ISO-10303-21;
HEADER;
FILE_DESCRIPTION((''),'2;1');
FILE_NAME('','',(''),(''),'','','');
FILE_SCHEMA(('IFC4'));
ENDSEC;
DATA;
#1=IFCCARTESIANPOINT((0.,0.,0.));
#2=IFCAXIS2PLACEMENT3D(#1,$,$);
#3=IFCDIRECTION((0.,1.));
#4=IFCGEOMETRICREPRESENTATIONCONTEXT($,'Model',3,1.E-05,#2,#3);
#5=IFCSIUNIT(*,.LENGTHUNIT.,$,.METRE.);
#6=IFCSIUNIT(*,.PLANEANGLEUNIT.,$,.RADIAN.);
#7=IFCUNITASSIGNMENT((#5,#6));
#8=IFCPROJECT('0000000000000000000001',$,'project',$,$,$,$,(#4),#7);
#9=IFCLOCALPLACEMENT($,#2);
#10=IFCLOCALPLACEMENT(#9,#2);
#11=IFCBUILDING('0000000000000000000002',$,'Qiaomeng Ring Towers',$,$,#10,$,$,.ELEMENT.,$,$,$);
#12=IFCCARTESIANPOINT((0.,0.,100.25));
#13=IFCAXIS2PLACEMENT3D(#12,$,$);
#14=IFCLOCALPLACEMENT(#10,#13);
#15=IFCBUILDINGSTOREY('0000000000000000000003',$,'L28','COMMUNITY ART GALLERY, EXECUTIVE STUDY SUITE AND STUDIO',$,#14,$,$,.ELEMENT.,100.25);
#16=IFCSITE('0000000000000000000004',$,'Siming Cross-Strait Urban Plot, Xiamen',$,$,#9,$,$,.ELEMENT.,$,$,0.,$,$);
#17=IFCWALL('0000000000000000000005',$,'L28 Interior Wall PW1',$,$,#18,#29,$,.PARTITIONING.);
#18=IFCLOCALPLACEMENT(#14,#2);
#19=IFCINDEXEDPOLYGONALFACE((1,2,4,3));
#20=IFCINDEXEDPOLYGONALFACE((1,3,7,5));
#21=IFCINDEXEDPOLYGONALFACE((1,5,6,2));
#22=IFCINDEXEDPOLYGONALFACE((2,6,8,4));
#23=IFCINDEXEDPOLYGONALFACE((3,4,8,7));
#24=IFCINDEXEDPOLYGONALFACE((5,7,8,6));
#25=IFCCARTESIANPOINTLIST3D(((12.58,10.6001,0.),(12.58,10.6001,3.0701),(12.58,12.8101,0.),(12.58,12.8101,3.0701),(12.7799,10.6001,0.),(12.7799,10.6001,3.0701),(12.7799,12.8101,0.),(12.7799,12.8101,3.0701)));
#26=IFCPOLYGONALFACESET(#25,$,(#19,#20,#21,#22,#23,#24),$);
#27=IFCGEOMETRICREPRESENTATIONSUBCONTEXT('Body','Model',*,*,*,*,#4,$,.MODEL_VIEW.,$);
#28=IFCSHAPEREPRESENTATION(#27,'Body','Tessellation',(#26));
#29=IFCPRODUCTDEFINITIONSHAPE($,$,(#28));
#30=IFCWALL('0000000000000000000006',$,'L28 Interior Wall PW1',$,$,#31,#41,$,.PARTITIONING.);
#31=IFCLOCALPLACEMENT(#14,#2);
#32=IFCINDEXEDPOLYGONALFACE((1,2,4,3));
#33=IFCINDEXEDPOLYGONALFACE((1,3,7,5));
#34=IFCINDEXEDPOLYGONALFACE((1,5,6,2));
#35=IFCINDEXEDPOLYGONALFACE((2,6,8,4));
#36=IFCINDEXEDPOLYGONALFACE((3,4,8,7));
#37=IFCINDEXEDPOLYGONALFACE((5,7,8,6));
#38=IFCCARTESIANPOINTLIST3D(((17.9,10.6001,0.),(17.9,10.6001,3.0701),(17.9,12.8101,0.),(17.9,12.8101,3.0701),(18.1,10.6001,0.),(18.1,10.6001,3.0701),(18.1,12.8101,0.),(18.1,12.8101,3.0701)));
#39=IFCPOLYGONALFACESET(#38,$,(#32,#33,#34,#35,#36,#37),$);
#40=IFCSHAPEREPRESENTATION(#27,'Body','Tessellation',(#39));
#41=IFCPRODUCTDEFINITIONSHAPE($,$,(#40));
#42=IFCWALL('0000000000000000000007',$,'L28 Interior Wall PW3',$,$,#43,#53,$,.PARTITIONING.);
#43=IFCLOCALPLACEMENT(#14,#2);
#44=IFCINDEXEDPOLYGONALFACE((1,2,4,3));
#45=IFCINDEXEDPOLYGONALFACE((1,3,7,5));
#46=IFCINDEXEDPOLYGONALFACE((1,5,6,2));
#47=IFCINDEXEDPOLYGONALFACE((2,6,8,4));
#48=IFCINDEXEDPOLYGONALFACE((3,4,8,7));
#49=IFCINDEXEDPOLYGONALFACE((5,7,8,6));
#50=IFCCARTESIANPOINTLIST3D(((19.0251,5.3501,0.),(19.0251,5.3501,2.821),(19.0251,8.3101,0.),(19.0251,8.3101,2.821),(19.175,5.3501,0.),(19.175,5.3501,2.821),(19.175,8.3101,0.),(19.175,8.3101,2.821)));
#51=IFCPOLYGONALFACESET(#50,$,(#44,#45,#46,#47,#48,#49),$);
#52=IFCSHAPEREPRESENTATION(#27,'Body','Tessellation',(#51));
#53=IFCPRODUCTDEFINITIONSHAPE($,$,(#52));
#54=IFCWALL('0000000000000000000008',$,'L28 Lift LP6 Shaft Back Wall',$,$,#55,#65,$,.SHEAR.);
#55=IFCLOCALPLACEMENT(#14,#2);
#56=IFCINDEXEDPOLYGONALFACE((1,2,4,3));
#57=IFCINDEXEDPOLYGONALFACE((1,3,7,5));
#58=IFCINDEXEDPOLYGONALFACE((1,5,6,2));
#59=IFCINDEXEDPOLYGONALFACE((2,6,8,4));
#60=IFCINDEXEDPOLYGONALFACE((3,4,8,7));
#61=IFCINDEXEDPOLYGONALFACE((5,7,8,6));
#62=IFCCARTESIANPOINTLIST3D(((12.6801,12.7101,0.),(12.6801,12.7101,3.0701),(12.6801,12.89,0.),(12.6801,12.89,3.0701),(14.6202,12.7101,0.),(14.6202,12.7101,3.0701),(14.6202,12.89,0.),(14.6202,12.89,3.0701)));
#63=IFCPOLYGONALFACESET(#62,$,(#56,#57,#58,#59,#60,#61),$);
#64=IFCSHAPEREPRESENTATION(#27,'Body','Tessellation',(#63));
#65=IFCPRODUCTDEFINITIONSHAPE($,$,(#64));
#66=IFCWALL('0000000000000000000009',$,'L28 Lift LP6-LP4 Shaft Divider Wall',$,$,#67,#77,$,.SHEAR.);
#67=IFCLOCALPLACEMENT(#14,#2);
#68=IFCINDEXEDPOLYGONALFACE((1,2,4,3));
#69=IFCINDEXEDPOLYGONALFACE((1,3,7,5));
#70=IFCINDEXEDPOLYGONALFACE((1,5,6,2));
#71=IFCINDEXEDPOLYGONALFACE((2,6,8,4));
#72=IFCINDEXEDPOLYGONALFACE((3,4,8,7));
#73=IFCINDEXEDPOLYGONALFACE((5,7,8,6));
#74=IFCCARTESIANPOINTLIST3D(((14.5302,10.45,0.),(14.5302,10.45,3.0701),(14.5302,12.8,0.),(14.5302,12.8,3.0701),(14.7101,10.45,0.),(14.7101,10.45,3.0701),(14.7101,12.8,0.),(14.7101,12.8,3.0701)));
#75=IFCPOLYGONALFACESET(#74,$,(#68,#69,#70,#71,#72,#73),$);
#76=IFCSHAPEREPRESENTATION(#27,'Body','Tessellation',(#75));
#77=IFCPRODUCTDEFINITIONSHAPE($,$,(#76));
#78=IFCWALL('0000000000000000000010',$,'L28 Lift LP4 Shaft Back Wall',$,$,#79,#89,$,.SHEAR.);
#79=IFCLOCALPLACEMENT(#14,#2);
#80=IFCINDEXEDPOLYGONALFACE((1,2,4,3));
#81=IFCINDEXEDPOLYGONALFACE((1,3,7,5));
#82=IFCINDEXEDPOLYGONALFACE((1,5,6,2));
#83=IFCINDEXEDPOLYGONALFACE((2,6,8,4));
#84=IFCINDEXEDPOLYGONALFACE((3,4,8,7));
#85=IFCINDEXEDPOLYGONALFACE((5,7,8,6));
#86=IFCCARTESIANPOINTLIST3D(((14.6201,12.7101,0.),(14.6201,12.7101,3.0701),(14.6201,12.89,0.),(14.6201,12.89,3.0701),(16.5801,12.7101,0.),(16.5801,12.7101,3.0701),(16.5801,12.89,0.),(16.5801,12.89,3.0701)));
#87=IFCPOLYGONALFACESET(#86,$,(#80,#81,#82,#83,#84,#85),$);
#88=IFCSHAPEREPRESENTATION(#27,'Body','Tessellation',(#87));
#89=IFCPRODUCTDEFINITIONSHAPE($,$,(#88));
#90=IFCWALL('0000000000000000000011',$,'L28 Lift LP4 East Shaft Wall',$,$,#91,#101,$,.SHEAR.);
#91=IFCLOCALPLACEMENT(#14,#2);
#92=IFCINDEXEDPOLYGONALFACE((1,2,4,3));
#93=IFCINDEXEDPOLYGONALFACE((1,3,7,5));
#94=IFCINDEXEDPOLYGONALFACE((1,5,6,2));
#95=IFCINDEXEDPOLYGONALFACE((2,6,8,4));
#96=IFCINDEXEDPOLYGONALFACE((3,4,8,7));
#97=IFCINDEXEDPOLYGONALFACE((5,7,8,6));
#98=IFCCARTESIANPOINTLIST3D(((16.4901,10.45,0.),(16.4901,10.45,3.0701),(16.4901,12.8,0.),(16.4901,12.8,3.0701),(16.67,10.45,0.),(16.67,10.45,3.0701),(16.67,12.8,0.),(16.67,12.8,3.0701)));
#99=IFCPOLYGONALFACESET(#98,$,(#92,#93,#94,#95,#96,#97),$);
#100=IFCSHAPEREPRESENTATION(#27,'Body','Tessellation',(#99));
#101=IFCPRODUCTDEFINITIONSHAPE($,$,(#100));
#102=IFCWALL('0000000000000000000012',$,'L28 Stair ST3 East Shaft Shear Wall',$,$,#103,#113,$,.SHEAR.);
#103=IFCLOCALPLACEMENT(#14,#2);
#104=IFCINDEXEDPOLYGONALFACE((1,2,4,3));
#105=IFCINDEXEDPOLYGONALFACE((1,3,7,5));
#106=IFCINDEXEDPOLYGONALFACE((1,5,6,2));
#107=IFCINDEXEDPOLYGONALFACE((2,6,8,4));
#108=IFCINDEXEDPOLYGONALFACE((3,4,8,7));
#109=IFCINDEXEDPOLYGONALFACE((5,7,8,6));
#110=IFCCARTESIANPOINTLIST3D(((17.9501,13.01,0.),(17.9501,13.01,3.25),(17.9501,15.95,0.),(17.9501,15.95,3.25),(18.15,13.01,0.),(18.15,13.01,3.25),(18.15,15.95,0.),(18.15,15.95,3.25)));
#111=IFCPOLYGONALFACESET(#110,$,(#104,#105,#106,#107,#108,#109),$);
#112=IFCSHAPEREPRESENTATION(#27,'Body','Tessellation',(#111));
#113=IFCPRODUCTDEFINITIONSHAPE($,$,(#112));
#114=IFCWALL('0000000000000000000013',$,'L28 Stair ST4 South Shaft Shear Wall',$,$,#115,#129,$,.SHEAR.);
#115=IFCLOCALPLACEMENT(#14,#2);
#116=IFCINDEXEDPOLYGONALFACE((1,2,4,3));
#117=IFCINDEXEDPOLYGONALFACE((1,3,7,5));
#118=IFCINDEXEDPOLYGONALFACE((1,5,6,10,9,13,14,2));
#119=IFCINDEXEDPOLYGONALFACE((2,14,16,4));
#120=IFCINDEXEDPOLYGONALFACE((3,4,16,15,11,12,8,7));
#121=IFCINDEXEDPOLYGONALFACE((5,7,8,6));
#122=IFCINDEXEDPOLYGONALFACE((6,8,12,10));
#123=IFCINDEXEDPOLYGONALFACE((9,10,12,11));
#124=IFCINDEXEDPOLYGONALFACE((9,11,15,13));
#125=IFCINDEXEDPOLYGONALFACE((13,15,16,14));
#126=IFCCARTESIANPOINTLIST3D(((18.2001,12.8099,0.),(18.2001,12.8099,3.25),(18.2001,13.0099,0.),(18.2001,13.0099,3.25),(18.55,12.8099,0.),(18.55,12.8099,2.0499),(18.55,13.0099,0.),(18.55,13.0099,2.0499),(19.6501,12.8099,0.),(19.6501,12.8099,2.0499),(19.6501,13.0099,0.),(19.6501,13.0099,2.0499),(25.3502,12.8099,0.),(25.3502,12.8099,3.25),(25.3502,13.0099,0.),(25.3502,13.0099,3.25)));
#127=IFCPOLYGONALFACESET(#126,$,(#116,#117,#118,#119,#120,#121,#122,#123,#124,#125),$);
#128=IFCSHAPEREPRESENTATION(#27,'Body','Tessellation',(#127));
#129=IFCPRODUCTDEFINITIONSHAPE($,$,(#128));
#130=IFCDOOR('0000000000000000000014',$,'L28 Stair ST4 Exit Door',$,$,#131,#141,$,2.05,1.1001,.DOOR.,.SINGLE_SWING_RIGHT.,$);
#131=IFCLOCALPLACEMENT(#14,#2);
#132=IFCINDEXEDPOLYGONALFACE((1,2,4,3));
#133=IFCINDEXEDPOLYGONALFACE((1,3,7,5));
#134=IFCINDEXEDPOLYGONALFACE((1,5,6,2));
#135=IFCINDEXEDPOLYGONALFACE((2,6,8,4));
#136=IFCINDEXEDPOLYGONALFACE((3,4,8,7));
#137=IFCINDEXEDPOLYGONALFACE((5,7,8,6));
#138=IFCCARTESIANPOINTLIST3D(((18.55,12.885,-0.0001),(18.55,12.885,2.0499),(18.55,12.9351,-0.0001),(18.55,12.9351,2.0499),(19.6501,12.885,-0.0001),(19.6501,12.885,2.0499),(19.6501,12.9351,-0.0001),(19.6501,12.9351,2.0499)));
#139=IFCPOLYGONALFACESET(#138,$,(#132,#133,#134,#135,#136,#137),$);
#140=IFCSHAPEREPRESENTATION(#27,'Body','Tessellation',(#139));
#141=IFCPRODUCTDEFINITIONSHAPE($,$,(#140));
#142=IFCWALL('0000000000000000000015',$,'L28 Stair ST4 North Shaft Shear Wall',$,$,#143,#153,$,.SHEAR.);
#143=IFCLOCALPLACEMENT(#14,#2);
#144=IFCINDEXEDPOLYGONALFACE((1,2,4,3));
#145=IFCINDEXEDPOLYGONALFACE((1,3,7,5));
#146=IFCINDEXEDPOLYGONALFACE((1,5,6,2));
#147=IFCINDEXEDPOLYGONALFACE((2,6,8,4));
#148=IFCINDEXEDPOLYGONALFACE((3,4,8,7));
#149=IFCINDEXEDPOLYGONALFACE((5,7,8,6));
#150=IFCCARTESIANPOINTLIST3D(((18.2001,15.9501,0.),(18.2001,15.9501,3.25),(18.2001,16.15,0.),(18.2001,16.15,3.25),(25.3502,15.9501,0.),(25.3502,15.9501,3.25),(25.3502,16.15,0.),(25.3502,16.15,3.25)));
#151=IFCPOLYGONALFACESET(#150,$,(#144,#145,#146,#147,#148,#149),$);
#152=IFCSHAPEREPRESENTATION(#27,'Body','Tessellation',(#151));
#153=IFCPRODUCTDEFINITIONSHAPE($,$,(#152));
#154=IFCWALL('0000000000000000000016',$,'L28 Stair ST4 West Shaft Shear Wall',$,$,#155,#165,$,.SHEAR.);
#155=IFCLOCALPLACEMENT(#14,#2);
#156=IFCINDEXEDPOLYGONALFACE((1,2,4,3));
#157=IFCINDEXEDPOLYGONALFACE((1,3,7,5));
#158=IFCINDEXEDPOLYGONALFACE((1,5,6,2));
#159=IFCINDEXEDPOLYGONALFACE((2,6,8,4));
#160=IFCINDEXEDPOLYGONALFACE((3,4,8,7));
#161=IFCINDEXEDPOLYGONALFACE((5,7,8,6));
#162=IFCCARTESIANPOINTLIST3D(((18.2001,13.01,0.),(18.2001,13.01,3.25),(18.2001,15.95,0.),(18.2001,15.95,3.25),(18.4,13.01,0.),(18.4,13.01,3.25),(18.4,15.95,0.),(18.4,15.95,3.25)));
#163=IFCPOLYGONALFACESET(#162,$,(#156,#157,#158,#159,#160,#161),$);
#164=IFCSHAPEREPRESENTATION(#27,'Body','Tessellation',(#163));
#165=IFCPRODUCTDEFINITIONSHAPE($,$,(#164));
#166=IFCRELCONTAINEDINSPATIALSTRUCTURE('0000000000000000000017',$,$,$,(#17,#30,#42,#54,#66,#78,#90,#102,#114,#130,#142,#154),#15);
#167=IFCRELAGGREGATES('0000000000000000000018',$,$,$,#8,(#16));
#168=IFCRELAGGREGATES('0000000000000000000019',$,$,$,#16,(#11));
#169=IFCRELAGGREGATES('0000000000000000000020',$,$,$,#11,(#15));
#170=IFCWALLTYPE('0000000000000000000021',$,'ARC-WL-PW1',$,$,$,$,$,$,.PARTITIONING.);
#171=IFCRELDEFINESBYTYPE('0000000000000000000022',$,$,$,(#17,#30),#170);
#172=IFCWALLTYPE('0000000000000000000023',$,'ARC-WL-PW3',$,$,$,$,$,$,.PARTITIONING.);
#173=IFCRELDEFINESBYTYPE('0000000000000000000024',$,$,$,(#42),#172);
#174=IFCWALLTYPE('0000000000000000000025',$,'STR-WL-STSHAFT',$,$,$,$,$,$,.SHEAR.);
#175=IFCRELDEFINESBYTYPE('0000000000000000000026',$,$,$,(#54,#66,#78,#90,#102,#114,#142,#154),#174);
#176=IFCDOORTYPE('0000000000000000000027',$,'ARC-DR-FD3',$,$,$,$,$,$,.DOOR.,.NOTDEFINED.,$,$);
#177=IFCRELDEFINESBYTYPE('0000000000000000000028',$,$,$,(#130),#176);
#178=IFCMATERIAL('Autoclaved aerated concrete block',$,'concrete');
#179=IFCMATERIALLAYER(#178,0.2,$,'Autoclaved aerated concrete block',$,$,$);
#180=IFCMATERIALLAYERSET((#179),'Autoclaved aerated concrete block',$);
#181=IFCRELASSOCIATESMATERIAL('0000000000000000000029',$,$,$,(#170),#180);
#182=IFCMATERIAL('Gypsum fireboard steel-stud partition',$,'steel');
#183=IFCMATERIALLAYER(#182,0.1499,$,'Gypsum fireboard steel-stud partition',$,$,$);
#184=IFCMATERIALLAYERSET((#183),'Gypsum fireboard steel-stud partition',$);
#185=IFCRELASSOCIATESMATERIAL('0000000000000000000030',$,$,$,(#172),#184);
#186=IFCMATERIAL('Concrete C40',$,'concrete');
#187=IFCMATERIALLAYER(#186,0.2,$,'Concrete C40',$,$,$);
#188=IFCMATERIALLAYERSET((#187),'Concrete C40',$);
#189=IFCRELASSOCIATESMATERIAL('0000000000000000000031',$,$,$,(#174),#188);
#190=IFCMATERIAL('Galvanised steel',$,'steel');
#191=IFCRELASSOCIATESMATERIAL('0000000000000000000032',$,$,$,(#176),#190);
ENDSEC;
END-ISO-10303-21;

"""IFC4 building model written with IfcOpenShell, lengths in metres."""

from ifc_helpers import new_model, si_unit, direction, frame, frame_2d, origin, place, context, subcontext, project, spatial, rectangle, extrude, source, transform, mapped, material, layer, layer_set, type_object, element, fill, save


model = new_model("IFC4")

# Units and contexts
model_context = context("Model", 3, precision=1e-05, world=origin(), true_north=direction((0.0, 1.0)))
body_context = subcontext(model_context, "Body", "Model", "MODEL_VIEW")
ifc_project = project(units=[si_unit("LENGTHUNIT", "METRE"), si_unit("PLANEANGLEUNIT", "RADIAN")], contexts=[model_context])

# Site, building, storey
site_placement = place(None, origin())
site = spatial("IfcSite", under=ifc_project, at=site_placement, Name="Siming Cross-Strait Urban Plot, Xiamen", CompositionType="ELEMENT", RefElevation=0.0)
building_placement = place(site_placement, origin())
building = spatial("IfcBuilding", under=site, at=building_placement, Name="Qiaomeng Ring Towers", CompositionType="ELEMENT")
storey_placement = place(building_placement, frame((0.0, 0.0, 100.25)))
storey = spatial("IfcBuildingStorey", under=building, at=storey_placement, Name="L28", Description="COMMUNITY ART GALLERY, EXECUTIVE STUDY SUITE AND STUDIO", CompositionType="ELEMENT", Elevation=100.25)

# Walls
ifc_material_1 = material(Name="Autoclaved aerated concrete block", Category="concrete")
ifc_layer_1 = layer(ifc_material_1, 0.2, Name="Autoclaved aerated concrete block")
ifc_layer_set_1 = layer_set([ifc_layer_1], Name="Autoclaved aerated concrete block")
wall_type_1 = type_object("IfcWallType", Name="ARC-WL-PW1", PredefinedType="PARTITIONING", material=ifc_layer_set_1)
for number, where, z_axis, x_axis, name in (
    (1, (12.6799, 10.6001, 0.0), (0.0, 0.0, 1.0), (0.0, 1.0, 0.0), "L28 Interior Wall PW1"),
    (2, (18.0, 10.6001, 0.0), (0.0, 0.0, 1.0), (0.0, 1.0, 0.0), "L28 Interior Wall PW1"),
):
    element("IfcWall", number, at=place(storey_placement, frame(where, z_axis=z_axis, x_axis=x_axis)), inside=storey, type_object=wall_type_1, Name=name, PredefinedType="PARTITIONING", context=body_context, shape_type="SweptSolid", body=[
        extrude(rectangle(XDim=2.21, YDim=0.2, at=frame_2d((1.105, 0.0))), origin(), (0.0, 0.0, 1.0), 3.0701),
    ])
ifc_material_2 = material(Name="Gypsum fireboard steel-stud partition", Category="steel")
ifc_layer_2 = layer(ifc_material_2, 0.1499, Name="Gypsum fireboard steel-stud partition")
ifc_layer_set_2 = layer_set([ifc_layer_2], Name="Gypsum fireboard steel-stud partition")
wall_type_2 = type_object("IfcWallType", Name="ARC-WL-PW3", PredefinedType="PARTITIONING", material=ifc_layer_set_2)
wall_1_placement = place(storey_placement, frame((19.1001, 5.3501, 0.0), z_axis=(0.0, 0.0, 1.0), x_axis=(0.0, 1.0, 0.0)))
element("IfcWall", 3, at=wall_1_placement, inside=storey, type_object=wall_type_2, Name="L28 Interior Wall PW3", PredefinedType="PARTITIONING", context=body_context, shape_type="SweptSolid", body=[
    extrude(rectangle(XDim=2.96, YDim=0.1499, at=frame_2d((1.48, 0.0))), origin(), (0.0, 0.0, 1.0), 2.821),
])
ifc_material_3 = material(Name="Concrete C40", Category="concrete")
ifc_layer_3 = layer(ifc_material_3, 0.2, Name="Concrete C40")
ifc_layer_set_3 = layer_set([ifc_layer_3], Name="Concrete C40")
wall_type_3 = type_object("IfcWallType", Name="STR-WL-STSHAFT", PredefinedType="SHEAR", material=ifc_layer_set_3)
wall_2_placement = place(storey_placement, frame((12.6799, 12.8, 0.0), z_axis=(0.0, 0.0, 1.0), x_axis=(1.0, 0.0, 0.0)))
element("IfcWall", 4, at=wall_2_placement, inside=storey, type_object=wall_type_3, Name="L28 Lift LP6 Shaft Back Wall", PredefinedType="SHEAR", context=body_context, shape_type="SweptSolid", body=[
    extrude(rectangle(XDim=1.9402, YDim=0.1799, at=frame_2d((0.9702, 0.0))), origin(), (0.0, 0.0, 1.0), 3.0701),
])
wall_3_placement = place(storey_placement, frame((14.6201, 10.45, 0.0), z_axis=(0.0, 0.0, 1.0), x_axis=(0.0, 1.0, 0.0)))
element("IfcWall", 5, at=wall_3_placement, inside=storey, type_object=wall_type_3, Name="L28 Lift LP6-LP4 Shaft Divider Wall", PredefinedType="SHEAR", context=body_context, shape_type="SweptSolid", body=[
    extrude(rectangle(XDim=2.3501, YDim=0.1799, at=frame_2d((1.175, 0.0))), origin(), (0.0, 0.0, 1.0), 3.0701),
])
wall_4_placement = place(storey_placement, frame((14.6201, 12.8, 0.0), z_axis=(0.0, 0.0, 1.0), x_axis=(1.0, 0.0, 0.0)))
element("IfcWall", 6, at=wall_4_placement, inside=storey, type_object=wall_type_3, Name="L28 Lift LP4 Shaft Back Wall", PredefinedType="SHEAR", context=body_context, shape_type="SweptSolid", body=[
    extrude(rectangle(XDim=1.96, YDim=0.1799, at=frame_2d((0.98, 0.0))), origin(), (0.0, 0.0, 1.0), 3.0701),
])
wall_5_placement = place(storey_placement, frame((16.5801, 10.45, 0.0), z_axis=(0.0, 0.0, 1.0), x_axis=(0.0, 1.0, 0.0)))
element("IfcWall", 7, at=wall_5_placement, inside=storey, type_object=wall_type_3, Name="L28 Lift LP4 East Shaft Wall", PredefinedType="SHEAR", context=body_context, shape_type="SweptSolid", body=[
    extrude(rectangle(XDim=2.3501, YDim=0.1799, at=frame_2d((1.175, 0.0))), origin(), (0.0, 0.0, 1.0), 3.0701),
])
wall_6_placement = place(storey_placement, frame((18.05, 13.01, 0.0), z_axis=(0.0, 0.0, 1.0), x_axis=(0.0, 1.0, 0.0)))
element("IfcWall", 8, at=wall_6_placement, inside=storey, type_object=wall_type_3, Name="L28 Stair ST3 East Shaft Shear Wall", PredefinedType="SHEAR", context=body_context, shape_type="SweptSolid", body=[
    extrude(rectangle(XDim=2.9399, YDim=0.2, at=frame_2d((1.47, 0.0))), origin(), (0.0, 0.0, 1.0), 3.25),
])

# Wall, opening, door
wall_7_placement = place(storey_placement, frame((18.2, 12.9099, 0.0), z_axis=(0.0, 0.0, 1.0), x_axis=(1.0, 0.0, 0.0)))
wall_7 = element("IfcWall", 9, at=wall_7_placement, inside=storey, type_object=wall_type_3, Name="L28 Stair ST4 South Shaft Shear Wall", PredefinedType="SHEAR", context=body_context, shape_type="SweptSolid", body=[
    extrude(rectangle(XDim=7.1501, YDim=0.2, at=frame_2d((3.5752, 0.0))), origin(), (0.0, 0.0, 1.0), 3.25),
])
opening_placement = place(wall_7_placement, frame((0.3501, 0.0, 0.0)))
opening = element("IfcOpeningElement", 10, at=opening_placement, cuts=wall_7, PredefinedType="OPENING", context=body_context, shape_type="SweptSolid", body=[
    extrude(rectangle(XDim=1.1001, YDim=2.05, at=frame_2d((0.55, 1.0249))), frame((0.0, 0.1099, 0.0), z_axis=(0.0, -1.0, 0.0), x_axis=(1.0, 0.0, 0.0)), (0.0, 0.0, 1.0), 0.22),
])
ifc_material_4 = material(Name="Galvanised steel", Category="steel")
door_type = type_object("IfcDoorType", Name="ARC-DR-FD3", OperationType="NOTDEFINED", PredefinedType="DOOR", material=ifc_material_4)
shared_shape_1 = source(origin(), body_context, "Body", "SweptSolid", [
    extrude(rectangle(XDim=1.1001, YDim=2.05, at=frame_2d((0.55, 1.0249))), frame((0.0, 0.0249, 0.0), z_axis=(0.0, -1.0, 0.0), x_axis=(1.0, 0.0, 0.0)), (0.0, 0.0, 1.0), 0.05),
])
door_placement = place(opening_placement, frame((1.1001, 0.0, 0.0), z_axis=(0.0, 0.0, 1.0), x_axis=(-1.0, 0.0, 0.0)))
door = element("IfcDoor", 11, at=door_placement, inside=storey, type_object=door_type, Name="L28 Stair ST4 Exit Door", OperationType="SINGLE_SWING_RIGHT", OverallHeight=2.05, OverallWidth=1.1001, PredefinedType="DOOR", context=body_context, shape_type="MappedRepresentation", body=[
    mapped(shared_shape_1, transform((0.0, 0.0, 0.0), x_axis=(1.0, 0.0, 0.0), y_axis=(0.0, 1.0, 0.0), z_axis=(0.0, 0.0, 1.0), scale=1.0)),
])
fill(opening, door)

# Walls
wall_8_placement = place(storey_placement, frame((18.2, 16.05, 0.0), z_axis=(0.0, 0.0, 1.0), x_axis=(1.0, 0.0, 0.0)))
element("IfcWall", 12, at=wall_8_placement, inside=storey, type_object=wall_type_3, Name="L28 Stair ST4 North Shaft Shear Wall", PredefinedType="SHEAR", context=body_context, shape_type="SweptSolid", body=[
    extrude(rectangle(XDim=7.1501, YDim=0.2, at=frame_2d((3.5752, 0.0))), origin(), (0.0, 0.0, 1.0), 3.25),
])
wall_9_placement = place(storey_placement, frame((18.3, 13.01, 0.0), z_axis=(0.0, 0.0, 1.0), x_axis=(0.0, 1.0, 0.0)))
element("IfcWall", 13, at=wall_9_placement, inside=storey, type_object=wall_type_3, Name="L28 Stair ST4 West Shaft Shear Wall", PredefinedType="SHEAR", context=body_context, shape_type="SweptSolid", body=[
    extrude(rectangle(XDim=2.9399, YDim=0.2, at=frame_2d((1.47, 0.0))), origin(), (0.0, 0.0, 1.0), 3.25),
])

save(model, "model.ifc")
